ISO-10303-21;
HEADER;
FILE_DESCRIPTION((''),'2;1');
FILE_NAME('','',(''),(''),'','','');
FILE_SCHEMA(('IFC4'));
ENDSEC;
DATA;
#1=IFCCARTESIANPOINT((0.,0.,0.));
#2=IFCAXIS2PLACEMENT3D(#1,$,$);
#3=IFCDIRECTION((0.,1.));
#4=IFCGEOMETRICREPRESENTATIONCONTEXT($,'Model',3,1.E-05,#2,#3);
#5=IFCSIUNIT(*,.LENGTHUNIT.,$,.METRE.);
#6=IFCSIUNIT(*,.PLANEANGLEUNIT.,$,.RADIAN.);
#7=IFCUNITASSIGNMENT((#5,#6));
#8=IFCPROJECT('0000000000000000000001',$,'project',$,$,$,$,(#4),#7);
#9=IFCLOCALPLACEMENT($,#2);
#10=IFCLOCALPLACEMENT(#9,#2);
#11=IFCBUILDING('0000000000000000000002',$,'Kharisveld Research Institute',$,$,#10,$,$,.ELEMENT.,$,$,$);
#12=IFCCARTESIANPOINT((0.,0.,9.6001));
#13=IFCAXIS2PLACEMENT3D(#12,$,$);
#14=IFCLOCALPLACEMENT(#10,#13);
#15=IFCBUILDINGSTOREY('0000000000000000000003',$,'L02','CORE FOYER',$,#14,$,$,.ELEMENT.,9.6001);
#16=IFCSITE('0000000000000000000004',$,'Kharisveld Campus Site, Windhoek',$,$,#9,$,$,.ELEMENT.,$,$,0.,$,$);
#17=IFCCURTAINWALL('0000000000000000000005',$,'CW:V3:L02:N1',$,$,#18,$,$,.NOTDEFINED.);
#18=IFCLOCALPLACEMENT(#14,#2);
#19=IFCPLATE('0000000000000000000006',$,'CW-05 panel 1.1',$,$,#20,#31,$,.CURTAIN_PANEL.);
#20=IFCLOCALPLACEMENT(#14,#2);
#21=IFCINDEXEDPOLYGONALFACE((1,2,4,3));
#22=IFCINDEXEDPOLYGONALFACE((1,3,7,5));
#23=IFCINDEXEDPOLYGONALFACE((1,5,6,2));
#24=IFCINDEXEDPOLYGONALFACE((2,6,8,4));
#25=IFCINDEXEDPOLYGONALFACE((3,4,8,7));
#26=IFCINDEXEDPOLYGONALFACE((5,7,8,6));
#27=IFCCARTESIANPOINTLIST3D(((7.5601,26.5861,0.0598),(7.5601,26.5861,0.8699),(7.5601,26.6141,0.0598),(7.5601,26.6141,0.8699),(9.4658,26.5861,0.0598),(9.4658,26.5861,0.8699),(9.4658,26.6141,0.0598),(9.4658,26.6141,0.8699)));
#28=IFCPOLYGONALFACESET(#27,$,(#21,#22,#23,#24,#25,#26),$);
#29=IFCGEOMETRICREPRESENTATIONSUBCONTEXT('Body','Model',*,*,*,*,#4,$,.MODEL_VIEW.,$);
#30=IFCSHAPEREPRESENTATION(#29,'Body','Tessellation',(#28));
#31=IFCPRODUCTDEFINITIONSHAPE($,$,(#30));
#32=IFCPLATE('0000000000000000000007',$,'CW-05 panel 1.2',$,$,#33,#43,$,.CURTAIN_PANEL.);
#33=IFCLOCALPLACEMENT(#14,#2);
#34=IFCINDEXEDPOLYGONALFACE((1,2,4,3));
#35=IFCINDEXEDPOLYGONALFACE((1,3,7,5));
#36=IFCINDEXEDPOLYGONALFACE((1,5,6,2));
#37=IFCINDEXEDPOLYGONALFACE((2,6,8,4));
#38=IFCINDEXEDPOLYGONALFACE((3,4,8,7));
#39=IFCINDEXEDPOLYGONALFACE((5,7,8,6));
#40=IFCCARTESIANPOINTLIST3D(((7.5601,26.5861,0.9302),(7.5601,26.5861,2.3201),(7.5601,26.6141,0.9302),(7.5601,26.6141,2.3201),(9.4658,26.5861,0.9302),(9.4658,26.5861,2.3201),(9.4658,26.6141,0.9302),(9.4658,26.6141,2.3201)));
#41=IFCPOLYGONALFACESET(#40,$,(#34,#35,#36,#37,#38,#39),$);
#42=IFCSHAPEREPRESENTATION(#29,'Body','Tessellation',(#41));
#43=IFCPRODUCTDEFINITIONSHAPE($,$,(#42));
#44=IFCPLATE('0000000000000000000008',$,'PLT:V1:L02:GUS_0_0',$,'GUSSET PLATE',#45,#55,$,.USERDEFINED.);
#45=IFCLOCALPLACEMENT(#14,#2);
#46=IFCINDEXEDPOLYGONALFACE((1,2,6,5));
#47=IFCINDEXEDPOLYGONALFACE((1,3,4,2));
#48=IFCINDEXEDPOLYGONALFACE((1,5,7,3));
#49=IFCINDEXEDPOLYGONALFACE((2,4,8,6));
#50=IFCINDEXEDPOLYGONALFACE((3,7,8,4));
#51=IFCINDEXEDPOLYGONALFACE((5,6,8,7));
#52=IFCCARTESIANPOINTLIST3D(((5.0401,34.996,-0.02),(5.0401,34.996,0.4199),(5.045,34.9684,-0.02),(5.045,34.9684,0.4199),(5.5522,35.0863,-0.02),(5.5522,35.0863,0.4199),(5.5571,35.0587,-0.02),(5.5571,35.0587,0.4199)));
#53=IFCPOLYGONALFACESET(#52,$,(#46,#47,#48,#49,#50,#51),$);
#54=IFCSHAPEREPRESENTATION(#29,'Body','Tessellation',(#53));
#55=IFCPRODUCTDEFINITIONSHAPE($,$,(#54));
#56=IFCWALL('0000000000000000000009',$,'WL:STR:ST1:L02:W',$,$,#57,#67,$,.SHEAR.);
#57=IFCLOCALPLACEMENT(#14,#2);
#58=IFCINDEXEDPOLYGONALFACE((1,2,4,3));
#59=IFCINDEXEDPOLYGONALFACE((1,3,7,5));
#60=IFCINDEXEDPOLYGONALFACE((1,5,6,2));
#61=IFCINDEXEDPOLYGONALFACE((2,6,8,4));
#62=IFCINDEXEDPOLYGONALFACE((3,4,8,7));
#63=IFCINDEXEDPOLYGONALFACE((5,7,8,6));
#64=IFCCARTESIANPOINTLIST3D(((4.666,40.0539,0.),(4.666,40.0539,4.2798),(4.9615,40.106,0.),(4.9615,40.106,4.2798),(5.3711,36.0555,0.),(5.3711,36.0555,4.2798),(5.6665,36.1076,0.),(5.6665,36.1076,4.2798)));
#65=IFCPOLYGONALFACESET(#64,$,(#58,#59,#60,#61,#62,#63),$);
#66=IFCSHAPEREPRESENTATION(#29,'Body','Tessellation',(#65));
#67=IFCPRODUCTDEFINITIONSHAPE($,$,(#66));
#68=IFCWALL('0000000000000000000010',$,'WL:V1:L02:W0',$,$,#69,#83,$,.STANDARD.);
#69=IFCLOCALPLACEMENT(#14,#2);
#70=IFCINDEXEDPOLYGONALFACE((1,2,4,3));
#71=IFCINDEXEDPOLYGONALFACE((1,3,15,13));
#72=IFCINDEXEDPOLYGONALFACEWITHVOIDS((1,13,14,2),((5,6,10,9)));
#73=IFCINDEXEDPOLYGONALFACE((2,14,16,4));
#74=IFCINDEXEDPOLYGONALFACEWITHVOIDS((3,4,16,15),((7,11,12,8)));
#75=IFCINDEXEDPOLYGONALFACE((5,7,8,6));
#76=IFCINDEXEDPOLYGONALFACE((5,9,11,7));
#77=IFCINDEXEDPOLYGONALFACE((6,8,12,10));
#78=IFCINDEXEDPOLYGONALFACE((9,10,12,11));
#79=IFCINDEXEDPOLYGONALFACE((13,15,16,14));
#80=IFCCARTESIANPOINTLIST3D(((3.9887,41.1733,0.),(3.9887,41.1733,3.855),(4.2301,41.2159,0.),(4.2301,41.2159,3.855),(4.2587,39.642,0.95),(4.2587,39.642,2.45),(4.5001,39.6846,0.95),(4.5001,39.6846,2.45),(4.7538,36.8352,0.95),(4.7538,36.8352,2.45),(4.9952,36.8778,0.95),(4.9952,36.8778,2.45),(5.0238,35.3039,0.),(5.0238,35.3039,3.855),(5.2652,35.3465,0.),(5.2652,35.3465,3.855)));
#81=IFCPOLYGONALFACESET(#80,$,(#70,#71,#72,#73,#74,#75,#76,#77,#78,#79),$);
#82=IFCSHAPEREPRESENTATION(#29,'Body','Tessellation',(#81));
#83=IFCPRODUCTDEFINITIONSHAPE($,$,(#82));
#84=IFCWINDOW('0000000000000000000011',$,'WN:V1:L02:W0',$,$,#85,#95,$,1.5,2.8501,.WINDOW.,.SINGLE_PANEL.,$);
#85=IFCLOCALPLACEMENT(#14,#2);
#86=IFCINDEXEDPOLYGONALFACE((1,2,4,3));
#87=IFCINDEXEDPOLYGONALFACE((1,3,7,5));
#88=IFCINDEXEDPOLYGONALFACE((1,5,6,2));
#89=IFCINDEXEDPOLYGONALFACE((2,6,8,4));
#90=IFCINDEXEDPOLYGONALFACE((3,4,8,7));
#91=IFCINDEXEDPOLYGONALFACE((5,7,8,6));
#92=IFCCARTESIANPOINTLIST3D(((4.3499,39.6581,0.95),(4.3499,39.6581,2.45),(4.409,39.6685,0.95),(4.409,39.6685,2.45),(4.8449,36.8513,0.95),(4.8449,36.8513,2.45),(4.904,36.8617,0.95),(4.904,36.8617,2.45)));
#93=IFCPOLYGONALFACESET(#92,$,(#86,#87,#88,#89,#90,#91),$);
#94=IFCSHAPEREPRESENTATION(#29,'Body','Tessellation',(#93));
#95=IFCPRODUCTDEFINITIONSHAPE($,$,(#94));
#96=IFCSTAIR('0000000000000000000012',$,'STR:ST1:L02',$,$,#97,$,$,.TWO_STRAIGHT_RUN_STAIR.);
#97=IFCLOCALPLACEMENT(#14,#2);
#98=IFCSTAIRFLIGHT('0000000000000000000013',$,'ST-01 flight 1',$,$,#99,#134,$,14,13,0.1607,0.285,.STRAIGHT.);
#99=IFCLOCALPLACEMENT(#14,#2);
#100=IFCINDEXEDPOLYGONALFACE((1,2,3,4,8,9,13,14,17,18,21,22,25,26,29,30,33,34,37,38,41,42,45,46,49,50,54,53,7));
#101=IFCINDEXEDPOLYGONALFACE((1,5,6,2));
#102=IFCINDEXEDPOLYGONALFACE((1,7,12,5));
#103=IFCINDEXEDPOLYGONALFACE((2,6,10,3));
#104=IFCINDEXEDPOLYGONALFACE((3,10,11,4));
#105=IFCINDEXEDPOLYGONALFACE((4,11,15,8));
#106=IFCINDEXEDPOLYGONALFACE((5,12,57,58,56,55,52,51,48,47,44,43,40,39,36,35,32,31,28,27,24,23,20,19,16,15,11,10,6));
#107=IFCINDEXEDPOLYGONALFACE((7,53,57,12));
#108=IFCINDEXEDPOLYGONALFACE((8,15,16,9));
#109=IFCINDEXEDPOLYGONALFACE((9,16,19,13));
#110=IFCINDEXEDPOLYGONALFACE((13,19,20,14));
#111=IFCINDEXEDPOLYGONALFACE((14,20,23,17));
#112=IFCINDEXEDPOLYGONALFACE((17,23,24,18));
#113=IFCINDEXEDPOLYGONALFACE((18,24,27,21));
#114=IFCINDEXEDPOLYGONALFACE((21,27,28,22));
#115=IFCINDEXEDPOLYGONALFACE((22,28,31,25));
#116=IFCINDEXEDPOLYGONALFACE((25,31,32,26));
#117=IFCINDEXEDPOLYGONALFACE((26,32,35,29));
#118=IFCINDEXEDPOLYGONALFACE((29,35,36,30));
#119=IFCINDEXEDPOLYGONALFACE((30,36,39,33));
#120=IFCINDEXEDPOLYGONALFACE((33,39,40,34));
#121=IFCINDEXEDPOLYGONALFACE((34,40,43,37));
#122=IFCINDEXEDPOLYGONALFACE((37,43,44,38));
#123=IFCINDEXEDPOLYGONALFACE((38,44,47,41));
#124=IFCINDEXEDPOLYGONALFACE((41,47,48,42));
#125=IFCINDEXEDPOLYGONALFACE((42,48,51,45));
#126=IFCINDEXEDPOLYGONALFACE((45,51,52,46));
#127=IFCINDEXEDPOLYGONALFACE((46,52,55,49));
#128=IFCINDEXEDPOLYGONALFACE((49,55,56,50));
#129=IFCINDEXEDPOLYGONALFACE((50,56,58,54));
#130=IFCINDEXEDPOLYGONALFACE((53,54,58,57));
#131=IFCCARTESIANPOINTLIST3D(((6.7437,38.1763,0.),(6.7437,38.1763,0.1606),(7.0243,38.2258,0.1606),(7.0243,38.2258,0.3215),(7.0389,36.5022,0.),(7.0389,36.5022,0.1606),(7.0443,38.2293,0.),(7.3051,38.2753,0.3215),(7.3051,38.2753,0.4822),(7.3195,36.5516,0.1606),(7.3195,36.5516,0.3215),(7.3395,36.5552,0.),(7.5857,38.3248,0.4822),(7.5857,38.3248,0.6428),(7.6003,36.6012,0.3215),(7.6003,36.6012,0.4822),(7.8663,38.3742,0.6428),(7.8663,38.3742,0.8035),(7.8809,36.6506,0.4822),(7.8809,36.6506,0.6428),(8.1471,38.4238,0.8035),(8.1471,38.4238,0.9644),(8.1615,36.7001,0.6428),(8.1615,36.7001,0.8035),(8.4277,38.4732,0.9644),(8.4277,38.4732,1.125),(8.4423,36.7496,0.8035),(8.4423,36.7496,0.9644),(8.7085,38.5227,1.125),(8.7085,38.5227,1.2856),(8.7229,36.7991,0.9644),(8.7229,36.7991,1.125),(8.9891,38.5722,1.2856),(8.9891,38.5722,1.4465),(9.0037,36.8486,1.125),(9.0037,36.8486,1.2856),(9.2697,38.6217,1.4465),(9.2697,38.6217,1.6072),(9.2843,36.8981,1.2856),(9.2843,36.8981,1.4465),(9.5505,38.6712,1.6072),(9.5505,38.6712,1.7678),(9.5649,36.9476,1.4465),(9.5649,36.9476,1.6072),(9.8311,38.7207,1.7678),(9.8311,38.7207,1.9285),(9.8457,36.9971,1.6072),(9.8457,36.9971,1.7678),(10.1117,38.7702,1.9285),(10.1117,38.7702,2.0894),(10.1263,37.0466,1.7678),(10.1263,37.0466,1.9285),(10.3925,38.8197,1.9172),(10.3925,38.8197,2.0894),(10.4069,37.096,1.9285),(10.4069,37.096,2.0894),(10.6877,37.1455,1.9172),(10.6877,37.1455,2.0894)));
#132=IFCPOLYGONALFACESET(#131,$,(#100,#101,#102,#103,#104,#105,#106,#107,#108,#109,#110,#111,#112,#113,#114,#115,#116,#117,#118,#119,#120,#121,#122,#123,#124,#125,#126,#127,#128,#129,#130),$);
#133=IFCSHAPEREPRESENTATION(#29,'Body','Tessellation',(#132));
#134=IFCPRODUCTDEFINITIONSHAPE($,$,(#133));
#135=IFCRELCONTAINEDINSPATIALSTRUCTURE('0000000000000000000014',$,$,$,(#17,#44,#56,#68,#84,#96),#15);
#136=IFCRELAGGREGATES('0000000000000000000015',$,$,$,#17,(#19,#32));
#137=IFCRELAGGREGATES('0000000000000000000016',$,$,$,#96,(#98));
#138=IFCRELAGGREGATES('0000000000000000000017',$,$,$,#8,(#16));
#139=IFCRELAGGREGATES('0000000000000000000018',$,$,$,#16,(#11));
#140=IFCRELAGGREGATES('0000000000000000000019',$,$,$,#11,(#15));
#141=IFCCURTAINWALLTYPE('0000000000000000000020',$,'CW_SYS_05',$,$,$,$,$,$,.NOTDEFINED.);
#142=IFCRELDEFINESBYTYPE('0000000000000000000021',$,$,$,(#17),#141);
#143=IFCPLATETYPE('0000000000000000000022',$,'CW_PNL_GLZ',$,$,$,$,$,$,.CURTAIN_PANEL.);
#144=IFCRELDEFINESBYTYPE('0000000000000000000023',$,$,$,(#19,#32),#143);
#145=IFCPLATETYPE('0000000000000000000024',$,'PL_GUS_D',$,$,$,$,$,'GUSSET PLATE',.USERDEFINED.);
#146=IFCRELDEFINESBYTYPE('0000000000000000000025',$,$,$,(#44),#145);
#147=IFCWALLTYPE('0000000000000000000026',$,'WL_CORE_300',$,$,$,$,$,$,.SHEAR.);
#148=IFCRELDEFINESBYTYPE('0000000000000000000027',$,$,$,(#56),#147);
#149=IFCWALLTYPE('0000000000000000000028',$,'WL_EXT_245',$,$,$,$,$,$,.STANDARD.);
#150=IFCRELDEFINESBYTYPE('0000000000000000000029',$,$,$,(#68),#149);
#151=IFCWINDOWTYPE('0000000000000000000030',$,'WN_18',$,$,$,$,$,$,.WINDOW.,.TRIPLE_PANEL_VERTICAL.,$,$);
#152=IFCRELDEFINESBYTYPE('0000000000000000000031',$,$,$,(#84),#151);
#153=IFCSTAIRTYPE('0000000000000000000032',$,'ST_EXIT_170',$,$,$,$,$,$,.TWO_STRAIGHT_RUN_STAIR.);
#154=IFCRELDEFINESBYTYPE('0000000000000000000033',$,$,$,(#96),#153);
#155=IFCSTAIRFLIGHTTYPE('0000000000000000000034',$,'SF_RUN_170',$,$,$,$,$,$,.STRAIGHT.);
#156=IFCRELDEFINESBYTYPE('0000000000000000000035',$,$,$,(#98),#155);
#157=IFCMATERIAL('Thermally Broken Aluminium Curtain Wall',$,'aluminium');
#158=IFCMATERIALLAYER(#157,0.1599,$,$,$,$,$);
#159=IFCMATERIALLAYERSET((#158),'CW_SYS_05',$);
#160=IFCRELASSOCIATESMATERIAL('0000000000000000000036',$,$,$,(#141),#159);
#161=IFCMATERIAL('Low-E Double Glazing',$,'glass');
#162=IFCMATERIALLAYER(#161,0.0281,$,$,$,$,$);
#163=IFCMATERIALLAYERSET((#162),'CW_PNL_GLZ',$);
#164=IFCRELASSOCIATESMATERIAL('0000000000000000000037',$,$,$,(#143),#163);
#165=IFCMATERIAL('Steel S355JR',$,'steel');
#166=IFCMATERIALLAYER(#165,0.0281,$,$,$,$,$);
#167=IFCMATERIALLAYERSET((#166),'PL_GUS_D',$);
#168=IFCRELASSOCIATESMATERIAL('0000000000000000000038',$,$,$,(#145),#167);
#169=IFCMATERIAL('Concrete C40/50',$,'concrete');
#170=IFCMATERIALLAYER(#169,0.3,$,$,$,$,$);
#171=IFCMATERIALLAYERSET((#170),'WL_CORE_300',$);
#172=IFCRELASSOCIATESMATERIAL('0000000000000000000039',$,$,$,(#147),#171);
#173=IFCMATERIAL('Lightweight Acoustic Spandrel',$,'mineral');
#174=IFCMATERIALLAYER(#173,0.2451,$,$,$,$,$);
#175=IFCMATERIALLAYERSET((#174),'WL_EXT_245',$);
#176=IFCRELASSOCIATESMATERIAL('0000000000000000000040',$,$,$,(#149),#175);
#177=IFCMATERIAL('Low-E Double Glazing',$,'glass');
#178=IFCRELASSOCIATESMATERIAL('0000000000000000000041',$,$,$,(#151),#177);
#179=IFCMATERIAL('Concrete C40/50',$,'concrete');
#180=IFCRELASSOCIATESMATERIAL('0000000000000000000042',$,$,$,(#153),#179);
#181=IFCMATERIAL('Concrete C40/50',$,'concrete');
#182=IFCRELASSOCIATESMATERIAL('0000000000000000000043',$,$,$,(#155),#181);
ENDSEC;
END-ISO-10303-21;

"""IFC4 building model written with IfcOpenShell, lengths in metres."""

from ifc_helpers import new_model, si_unit, direction, frame, frame_2d, origin, origin_2d, place, context, subcontext, project, spatial, polyline, rectangle, outline, extrude, material, layer, layer_set, type_object, element, fill, aggregate, save


model = new_model("IFC4")

# Units and contexts
model_context = context("Model", 3, precision=1e-05, world=origin(), true_north=direction((0.0, 1.0)))
body_context = subcontext(model_context, "Body", "Model", "MODEL_VIEW")
ifc_project = project(units=[si_unit("LENGTHUNIT", "METRE"), si_unit("PLANEANGLEUNIT", "RADIAN")], contexts=[model_context])

# Site, building, storey
site_placement = place(None, origin())
site = spatial("IfcSite", under=ifc_project, at=site_placement, Name="Kharisveld Campus Site, Windhoek", CompositionType="ELEMENT", RefElevation=0.0)
building_placement = place(site_placement, origin())
building = spatial("IfcBuilding", under=site, at=building_placement, Name="Kharisveld Research Institute", CompositionType="ELEMENT")
storey_placement = place(building_placement, frame((0.0, 0.0, 9.6001)))
storey = spatial("IfcBuildingStorey", under=building, at=storey_placement, Name="L02", Description="CORE FOYER", CompositionType="ELEMENT", Elevation=9.6001)

# Curtain wall
ifc_material_1 = material(Name="Thermally Broken Aluminium Curtain Wall", Category="aluminium")
ifc_layer_1 = layer(ifc_material_1, 0.1599)
ifc_layer_set_1 = layer_set([ifc_layer_1], Name="CW_SYS_05")
curtain_wall_type = type_object("IfcCurtainWallType", Name="CW_SYS_05", PredefinedType="NOTDEFINED", material=ifc_layer_set_1)
curtain_wall_placement = place(storey_placement, origin())
curtain_wall = element("IfcCurtainWall", 1, at=curtain_wall_placement, inside=storey, type_object=curtain_wall_type, Name="CW:V3:L02:N1", PredefinedType="NOTDEFINED")

# Plates
ifc_material_2 = material(Name="Low-E Double Glazing", Category="glass")
ifc_layer_2 = layer(ifc_material_2, 0.0281)
ifc_layer_set_2 = layer_set([ifc_layer_2], Name="CW_PNL_GLZ")
plate_type_1 = type_object("IfcPlateType", Name="CW_PNL_GLZ", PredefinedType="CURTAIN_PANEL", material=ifc_layer_set_2)
plate_1_placement = place(storey_placement, frame((8.5129, 26.6001, 0.0598), z_axis=(0.0, 0.0, 1.0), x_axis=(1.0, 0.0, 0.0)))
plate_1 = element("IfcPlate", 2, at=plate_1_placement, type_object=plate_type_1, Name="CW-05 panel 1.1", PredefinedType="CURTAIN_PANEL", context=body_context, shape_type="SweptSolid", body=[
    extrude(rectangle(XDim=1.9058, YDim=0.0281, at=origin_2d()), origin(), (0.0, 0.0, 1.0), 0.8101),
])
plate_2_placement = place(storey_placement, frame((8.5129, 26.6001, 0.9302), z_axis=(0.0, 0.0, 1.0), x_axis=(1.0, 0.0, 0.0)))
plate_2 = element("IfcPlate", 3, at=plate_2_placement, type_object=plate_type_1, Name="CW-05 panel 1.2", PredefinedType="CURTAIN_PANEL", context=body_context, shape_type="SweptSolid", body=[
    extrude(rectangle(XDim=1.9058, YDim=0.0281, at=origin_2d()), origin(), (0.0, 0.0, 1.0), 1.3899),
])
aggregate(curtain_wall, [plate_1, plate_2])
ifc_material_3 = material(Name="Steel S355JR", Category="steel")
ifc_layer_3 = layer(ifc_material_3, 0.0281)
ifc_layer_set_3 = layer_set([ifc_layer_3], Name="PL_GUS_D")
plate_type_2 = type_object("IfcPlateType", Name="PL_GUS_D", ElementType="GUSSET PLATE", PredefinedType="USERDEFINED", material=ifc_layer_set_3)
plate_3_placement = place(storey_placement, frame((5.2986, 35.0273, -0.02), z_axis=(0.0, 0.0, 1.0), x_axis=(0.984808, 0.173648, 0.0)))
element("IfcPlate", 4, at=plate_3_placement, inside=storey, type_object=plate_type_2, Name="PLT:V1:L02:GUS_0_0", ObjectType="GUSSET PLATE", PredefinedType="USERDEFINED", context=body_context, shape_type="SweptSolid", body=[
    extrude(rectangle(XDim=0.52, YDim=0.0281, at=origin_2d()), origin(), (0.0, 0.0, 1.0), 0.4399),
])

# Wall
ifc_material_4 = material(Name="Concrete C40/50", Category="concrete")
ifc_layer_4 = layer(ifc_material_4, 0.3)
ifc_layer_set_4 = layer_set([ifc_layer_4], Name="WL_CORE_300")
wall_type_1 = type_object("IfcWallType", Name="WL_CORE_300", PredefinedType="SHEAR", material=ifc_layer_set_4)
wall_1_placement = place(storey_placement, frame((5.5188, 36.0815, 0.0), z_axis=(0.0, 0.0, 1.0), x_axis=(-0.173665, 0.984805, 0.0)))
element("IfcWall", 5, at=wall_1_placement, inside=storey, type_object=wall_type_1, Name="WL:STR:ST1:L02:W", PredefinedType="SHEAR", context=body_context, shape_type="SweptSolid", body=[
    extrude(rectangle(XDim=4.0601, YDim=0.3, at=frame_2d((2.03, 0.0))), origin(), (0.0, 0.0, 1.0), 4.2798),
])

# Wall, opening, window
ifc_material_5 = material(Name="Lightweight Acoustic Spandrel", Category="mineral")
ifc_layer_5 = layer(ifc_material_5, 0.2451)
ifc_layer_set_5 = layer_set([ifc_layer_5], Name="WL_EXT_245")
wall_type_2 = type_object("IfcWallType", Name="WL_EXT_245", PredefinedType="STANDARD", material=ifc_layer_set_5)
wall_2_placement = place(storey_placement, frame((5.1445, 35.3252, 0.0), z_axis=(0.0, 0.0, 1.0), x_axis=(-0.173685, 0.984801, 0.0)))
wall_2 = element("IfcWall", 6, at=wall_2_placement, inside=storey, type_object=wall_type_2, Name="WL:V1:L02:W0", PredefinedType="STANDARD", context=body_context, shape_type="SweptSolid", body=[
    extrude(rectangle(XDim=5.96, YDim=0.2451, at=frame_2d((2.98, 0.0))), origin(), (0.0, 0.0, 1.0), 3.855),
])
opening_placement = place(wall_2_placement, frame((1.5549, 0.0, 0.95)))
opening = element("IfcOpeningElement", 7, at=opening_placement, cuts=wall_2, PredefinedType="OPENING", context=body_context, shape_type="SweptSolid", body=[
    extrude(rectangle(XDim=2.8501, YDim=1.5, at=frame_2d((1.425, 0.75))), frame((0.0, 0.1226, 0.0), z_axis=(0.0, -1.0, 0.0), x_axis=(1.0, 0.0, 0.0)), (0.0, 0.0, 1.0), 0.2451),
])
ifc_material_6 = material(Name="Low-E Double Glazing", Category="glass")
window_type = type_object("IfcWindowType", Name="WN_18", PartitioningType="TRIPLE_PANEL_VERTICAL", PredefinedType="WINDOW", material=ifc_material_6)
window_placement = place(opening_placement, origin())
window = element("IfcWindow", 8, at=window_placement, inside=storey, type_object=window_type, Name="WN:V1:L02:W0", OverallHeight=1.5, OverallWidth=2.8501, PartitioningType="SINGLE_PANEL", PredefinedType="WINDOW", context=body_context, shape_type="SweptSolid", body=[
    extrude(rectangle(XDim=2.8501, YDim=1.5, at=frame_2d((1.425, 0.75))), frame((0.0, 0.03, 0.0), z_axis=(0.0, -1.0, 0.0), x_axis=(1.0, 0.0, 0.0)), (0.0, 0.0, 1.0), 0.0601),
])
fill(opening, window)

# Stair, stair flight
ifc_material_7 = material(Name="Concrete C40/50", Category="concrete")
stair_type = type_object("IfcStairType", Name="ST_EXIT_170", PredefinedType="TWO_STRAIGHT_RUN_STAIR", material=ifc_material_7)
stair_placement = place(storey_placement, origin())
stair = element("IfcStair", 9, at=stair_placement, inside=storey, type_object=stair_type, Name="STR:ST1:L02", PredefinedType="TWO_STRAIGHT_RUN_STAIR")
ifc_material_8 = material(Name="Concrete C40/50", Category="concrete")
stair_flight_type = type_object("IfcStairFlightType", Name="SF_RUN_170", PredefinedType="STRAIGHT", material=ifc_material_8)
stair_flight_placement = place(storey_placement, frame((6.8914, 37.3391, 0.0), z_axis=(0.0, 0.0, 1.0), x_axis=(0.984808, 0.173648, 0.0)))
stair_flight = element("IfcStairFlight", 10, at=stair_flight_placement, type_object=stair_flight_type, Name="ST-01 flight 1", NumberOfRisers=14, NumberOfTreads=13, PredefinedType="STRAIGHT", RiserHeight=0.1607, TreadLength=0.285, context=body_context, shape_type="SweptSolid", body=[
    extrude(outline(polyline([(0.0, 0.0), (0.0, 0.1606), (0.2849, 0.1606), (0.2849, 0.3215), (0.5701, 0.3215), (0.5701, 0.4822), (0.855, 0.4822), (0.855, 0.6428), (1.1399, 0.6428), (1.1399, 0.8035), (1.425, 0.8035), (1.425, 0.9644), (1.71, 0.9644), (1.71, 1.125), (1.9951, 1.125), (1.9951, 1.2856), (2.28, 1.2856), (2.28, 1.4465), (2.5649, 1.4465), (2.5649, 1.6072), (2.8501, 1.6072), (2.8501, 1.7678), (3.135, 1.7678), (3.135, 1.9285), (3.4199, 1.9285), (3.4199, 2.0894), (3.7051, 2.0894), (3.7051, 2.25), (3.7051, 1.9172), (0.3052, 0.0), (0.0, 0.0)])), frame((0.0, 0.8501, 0.0), z_axis=(0.0, -1.0, 0.0), x_axis=(1.0, 0.0, 0.0)), (0.0, 0.0, 1.0), 1.7),
])
aggregate(stair, [stair_flight])

save(model, "model.ifc")
